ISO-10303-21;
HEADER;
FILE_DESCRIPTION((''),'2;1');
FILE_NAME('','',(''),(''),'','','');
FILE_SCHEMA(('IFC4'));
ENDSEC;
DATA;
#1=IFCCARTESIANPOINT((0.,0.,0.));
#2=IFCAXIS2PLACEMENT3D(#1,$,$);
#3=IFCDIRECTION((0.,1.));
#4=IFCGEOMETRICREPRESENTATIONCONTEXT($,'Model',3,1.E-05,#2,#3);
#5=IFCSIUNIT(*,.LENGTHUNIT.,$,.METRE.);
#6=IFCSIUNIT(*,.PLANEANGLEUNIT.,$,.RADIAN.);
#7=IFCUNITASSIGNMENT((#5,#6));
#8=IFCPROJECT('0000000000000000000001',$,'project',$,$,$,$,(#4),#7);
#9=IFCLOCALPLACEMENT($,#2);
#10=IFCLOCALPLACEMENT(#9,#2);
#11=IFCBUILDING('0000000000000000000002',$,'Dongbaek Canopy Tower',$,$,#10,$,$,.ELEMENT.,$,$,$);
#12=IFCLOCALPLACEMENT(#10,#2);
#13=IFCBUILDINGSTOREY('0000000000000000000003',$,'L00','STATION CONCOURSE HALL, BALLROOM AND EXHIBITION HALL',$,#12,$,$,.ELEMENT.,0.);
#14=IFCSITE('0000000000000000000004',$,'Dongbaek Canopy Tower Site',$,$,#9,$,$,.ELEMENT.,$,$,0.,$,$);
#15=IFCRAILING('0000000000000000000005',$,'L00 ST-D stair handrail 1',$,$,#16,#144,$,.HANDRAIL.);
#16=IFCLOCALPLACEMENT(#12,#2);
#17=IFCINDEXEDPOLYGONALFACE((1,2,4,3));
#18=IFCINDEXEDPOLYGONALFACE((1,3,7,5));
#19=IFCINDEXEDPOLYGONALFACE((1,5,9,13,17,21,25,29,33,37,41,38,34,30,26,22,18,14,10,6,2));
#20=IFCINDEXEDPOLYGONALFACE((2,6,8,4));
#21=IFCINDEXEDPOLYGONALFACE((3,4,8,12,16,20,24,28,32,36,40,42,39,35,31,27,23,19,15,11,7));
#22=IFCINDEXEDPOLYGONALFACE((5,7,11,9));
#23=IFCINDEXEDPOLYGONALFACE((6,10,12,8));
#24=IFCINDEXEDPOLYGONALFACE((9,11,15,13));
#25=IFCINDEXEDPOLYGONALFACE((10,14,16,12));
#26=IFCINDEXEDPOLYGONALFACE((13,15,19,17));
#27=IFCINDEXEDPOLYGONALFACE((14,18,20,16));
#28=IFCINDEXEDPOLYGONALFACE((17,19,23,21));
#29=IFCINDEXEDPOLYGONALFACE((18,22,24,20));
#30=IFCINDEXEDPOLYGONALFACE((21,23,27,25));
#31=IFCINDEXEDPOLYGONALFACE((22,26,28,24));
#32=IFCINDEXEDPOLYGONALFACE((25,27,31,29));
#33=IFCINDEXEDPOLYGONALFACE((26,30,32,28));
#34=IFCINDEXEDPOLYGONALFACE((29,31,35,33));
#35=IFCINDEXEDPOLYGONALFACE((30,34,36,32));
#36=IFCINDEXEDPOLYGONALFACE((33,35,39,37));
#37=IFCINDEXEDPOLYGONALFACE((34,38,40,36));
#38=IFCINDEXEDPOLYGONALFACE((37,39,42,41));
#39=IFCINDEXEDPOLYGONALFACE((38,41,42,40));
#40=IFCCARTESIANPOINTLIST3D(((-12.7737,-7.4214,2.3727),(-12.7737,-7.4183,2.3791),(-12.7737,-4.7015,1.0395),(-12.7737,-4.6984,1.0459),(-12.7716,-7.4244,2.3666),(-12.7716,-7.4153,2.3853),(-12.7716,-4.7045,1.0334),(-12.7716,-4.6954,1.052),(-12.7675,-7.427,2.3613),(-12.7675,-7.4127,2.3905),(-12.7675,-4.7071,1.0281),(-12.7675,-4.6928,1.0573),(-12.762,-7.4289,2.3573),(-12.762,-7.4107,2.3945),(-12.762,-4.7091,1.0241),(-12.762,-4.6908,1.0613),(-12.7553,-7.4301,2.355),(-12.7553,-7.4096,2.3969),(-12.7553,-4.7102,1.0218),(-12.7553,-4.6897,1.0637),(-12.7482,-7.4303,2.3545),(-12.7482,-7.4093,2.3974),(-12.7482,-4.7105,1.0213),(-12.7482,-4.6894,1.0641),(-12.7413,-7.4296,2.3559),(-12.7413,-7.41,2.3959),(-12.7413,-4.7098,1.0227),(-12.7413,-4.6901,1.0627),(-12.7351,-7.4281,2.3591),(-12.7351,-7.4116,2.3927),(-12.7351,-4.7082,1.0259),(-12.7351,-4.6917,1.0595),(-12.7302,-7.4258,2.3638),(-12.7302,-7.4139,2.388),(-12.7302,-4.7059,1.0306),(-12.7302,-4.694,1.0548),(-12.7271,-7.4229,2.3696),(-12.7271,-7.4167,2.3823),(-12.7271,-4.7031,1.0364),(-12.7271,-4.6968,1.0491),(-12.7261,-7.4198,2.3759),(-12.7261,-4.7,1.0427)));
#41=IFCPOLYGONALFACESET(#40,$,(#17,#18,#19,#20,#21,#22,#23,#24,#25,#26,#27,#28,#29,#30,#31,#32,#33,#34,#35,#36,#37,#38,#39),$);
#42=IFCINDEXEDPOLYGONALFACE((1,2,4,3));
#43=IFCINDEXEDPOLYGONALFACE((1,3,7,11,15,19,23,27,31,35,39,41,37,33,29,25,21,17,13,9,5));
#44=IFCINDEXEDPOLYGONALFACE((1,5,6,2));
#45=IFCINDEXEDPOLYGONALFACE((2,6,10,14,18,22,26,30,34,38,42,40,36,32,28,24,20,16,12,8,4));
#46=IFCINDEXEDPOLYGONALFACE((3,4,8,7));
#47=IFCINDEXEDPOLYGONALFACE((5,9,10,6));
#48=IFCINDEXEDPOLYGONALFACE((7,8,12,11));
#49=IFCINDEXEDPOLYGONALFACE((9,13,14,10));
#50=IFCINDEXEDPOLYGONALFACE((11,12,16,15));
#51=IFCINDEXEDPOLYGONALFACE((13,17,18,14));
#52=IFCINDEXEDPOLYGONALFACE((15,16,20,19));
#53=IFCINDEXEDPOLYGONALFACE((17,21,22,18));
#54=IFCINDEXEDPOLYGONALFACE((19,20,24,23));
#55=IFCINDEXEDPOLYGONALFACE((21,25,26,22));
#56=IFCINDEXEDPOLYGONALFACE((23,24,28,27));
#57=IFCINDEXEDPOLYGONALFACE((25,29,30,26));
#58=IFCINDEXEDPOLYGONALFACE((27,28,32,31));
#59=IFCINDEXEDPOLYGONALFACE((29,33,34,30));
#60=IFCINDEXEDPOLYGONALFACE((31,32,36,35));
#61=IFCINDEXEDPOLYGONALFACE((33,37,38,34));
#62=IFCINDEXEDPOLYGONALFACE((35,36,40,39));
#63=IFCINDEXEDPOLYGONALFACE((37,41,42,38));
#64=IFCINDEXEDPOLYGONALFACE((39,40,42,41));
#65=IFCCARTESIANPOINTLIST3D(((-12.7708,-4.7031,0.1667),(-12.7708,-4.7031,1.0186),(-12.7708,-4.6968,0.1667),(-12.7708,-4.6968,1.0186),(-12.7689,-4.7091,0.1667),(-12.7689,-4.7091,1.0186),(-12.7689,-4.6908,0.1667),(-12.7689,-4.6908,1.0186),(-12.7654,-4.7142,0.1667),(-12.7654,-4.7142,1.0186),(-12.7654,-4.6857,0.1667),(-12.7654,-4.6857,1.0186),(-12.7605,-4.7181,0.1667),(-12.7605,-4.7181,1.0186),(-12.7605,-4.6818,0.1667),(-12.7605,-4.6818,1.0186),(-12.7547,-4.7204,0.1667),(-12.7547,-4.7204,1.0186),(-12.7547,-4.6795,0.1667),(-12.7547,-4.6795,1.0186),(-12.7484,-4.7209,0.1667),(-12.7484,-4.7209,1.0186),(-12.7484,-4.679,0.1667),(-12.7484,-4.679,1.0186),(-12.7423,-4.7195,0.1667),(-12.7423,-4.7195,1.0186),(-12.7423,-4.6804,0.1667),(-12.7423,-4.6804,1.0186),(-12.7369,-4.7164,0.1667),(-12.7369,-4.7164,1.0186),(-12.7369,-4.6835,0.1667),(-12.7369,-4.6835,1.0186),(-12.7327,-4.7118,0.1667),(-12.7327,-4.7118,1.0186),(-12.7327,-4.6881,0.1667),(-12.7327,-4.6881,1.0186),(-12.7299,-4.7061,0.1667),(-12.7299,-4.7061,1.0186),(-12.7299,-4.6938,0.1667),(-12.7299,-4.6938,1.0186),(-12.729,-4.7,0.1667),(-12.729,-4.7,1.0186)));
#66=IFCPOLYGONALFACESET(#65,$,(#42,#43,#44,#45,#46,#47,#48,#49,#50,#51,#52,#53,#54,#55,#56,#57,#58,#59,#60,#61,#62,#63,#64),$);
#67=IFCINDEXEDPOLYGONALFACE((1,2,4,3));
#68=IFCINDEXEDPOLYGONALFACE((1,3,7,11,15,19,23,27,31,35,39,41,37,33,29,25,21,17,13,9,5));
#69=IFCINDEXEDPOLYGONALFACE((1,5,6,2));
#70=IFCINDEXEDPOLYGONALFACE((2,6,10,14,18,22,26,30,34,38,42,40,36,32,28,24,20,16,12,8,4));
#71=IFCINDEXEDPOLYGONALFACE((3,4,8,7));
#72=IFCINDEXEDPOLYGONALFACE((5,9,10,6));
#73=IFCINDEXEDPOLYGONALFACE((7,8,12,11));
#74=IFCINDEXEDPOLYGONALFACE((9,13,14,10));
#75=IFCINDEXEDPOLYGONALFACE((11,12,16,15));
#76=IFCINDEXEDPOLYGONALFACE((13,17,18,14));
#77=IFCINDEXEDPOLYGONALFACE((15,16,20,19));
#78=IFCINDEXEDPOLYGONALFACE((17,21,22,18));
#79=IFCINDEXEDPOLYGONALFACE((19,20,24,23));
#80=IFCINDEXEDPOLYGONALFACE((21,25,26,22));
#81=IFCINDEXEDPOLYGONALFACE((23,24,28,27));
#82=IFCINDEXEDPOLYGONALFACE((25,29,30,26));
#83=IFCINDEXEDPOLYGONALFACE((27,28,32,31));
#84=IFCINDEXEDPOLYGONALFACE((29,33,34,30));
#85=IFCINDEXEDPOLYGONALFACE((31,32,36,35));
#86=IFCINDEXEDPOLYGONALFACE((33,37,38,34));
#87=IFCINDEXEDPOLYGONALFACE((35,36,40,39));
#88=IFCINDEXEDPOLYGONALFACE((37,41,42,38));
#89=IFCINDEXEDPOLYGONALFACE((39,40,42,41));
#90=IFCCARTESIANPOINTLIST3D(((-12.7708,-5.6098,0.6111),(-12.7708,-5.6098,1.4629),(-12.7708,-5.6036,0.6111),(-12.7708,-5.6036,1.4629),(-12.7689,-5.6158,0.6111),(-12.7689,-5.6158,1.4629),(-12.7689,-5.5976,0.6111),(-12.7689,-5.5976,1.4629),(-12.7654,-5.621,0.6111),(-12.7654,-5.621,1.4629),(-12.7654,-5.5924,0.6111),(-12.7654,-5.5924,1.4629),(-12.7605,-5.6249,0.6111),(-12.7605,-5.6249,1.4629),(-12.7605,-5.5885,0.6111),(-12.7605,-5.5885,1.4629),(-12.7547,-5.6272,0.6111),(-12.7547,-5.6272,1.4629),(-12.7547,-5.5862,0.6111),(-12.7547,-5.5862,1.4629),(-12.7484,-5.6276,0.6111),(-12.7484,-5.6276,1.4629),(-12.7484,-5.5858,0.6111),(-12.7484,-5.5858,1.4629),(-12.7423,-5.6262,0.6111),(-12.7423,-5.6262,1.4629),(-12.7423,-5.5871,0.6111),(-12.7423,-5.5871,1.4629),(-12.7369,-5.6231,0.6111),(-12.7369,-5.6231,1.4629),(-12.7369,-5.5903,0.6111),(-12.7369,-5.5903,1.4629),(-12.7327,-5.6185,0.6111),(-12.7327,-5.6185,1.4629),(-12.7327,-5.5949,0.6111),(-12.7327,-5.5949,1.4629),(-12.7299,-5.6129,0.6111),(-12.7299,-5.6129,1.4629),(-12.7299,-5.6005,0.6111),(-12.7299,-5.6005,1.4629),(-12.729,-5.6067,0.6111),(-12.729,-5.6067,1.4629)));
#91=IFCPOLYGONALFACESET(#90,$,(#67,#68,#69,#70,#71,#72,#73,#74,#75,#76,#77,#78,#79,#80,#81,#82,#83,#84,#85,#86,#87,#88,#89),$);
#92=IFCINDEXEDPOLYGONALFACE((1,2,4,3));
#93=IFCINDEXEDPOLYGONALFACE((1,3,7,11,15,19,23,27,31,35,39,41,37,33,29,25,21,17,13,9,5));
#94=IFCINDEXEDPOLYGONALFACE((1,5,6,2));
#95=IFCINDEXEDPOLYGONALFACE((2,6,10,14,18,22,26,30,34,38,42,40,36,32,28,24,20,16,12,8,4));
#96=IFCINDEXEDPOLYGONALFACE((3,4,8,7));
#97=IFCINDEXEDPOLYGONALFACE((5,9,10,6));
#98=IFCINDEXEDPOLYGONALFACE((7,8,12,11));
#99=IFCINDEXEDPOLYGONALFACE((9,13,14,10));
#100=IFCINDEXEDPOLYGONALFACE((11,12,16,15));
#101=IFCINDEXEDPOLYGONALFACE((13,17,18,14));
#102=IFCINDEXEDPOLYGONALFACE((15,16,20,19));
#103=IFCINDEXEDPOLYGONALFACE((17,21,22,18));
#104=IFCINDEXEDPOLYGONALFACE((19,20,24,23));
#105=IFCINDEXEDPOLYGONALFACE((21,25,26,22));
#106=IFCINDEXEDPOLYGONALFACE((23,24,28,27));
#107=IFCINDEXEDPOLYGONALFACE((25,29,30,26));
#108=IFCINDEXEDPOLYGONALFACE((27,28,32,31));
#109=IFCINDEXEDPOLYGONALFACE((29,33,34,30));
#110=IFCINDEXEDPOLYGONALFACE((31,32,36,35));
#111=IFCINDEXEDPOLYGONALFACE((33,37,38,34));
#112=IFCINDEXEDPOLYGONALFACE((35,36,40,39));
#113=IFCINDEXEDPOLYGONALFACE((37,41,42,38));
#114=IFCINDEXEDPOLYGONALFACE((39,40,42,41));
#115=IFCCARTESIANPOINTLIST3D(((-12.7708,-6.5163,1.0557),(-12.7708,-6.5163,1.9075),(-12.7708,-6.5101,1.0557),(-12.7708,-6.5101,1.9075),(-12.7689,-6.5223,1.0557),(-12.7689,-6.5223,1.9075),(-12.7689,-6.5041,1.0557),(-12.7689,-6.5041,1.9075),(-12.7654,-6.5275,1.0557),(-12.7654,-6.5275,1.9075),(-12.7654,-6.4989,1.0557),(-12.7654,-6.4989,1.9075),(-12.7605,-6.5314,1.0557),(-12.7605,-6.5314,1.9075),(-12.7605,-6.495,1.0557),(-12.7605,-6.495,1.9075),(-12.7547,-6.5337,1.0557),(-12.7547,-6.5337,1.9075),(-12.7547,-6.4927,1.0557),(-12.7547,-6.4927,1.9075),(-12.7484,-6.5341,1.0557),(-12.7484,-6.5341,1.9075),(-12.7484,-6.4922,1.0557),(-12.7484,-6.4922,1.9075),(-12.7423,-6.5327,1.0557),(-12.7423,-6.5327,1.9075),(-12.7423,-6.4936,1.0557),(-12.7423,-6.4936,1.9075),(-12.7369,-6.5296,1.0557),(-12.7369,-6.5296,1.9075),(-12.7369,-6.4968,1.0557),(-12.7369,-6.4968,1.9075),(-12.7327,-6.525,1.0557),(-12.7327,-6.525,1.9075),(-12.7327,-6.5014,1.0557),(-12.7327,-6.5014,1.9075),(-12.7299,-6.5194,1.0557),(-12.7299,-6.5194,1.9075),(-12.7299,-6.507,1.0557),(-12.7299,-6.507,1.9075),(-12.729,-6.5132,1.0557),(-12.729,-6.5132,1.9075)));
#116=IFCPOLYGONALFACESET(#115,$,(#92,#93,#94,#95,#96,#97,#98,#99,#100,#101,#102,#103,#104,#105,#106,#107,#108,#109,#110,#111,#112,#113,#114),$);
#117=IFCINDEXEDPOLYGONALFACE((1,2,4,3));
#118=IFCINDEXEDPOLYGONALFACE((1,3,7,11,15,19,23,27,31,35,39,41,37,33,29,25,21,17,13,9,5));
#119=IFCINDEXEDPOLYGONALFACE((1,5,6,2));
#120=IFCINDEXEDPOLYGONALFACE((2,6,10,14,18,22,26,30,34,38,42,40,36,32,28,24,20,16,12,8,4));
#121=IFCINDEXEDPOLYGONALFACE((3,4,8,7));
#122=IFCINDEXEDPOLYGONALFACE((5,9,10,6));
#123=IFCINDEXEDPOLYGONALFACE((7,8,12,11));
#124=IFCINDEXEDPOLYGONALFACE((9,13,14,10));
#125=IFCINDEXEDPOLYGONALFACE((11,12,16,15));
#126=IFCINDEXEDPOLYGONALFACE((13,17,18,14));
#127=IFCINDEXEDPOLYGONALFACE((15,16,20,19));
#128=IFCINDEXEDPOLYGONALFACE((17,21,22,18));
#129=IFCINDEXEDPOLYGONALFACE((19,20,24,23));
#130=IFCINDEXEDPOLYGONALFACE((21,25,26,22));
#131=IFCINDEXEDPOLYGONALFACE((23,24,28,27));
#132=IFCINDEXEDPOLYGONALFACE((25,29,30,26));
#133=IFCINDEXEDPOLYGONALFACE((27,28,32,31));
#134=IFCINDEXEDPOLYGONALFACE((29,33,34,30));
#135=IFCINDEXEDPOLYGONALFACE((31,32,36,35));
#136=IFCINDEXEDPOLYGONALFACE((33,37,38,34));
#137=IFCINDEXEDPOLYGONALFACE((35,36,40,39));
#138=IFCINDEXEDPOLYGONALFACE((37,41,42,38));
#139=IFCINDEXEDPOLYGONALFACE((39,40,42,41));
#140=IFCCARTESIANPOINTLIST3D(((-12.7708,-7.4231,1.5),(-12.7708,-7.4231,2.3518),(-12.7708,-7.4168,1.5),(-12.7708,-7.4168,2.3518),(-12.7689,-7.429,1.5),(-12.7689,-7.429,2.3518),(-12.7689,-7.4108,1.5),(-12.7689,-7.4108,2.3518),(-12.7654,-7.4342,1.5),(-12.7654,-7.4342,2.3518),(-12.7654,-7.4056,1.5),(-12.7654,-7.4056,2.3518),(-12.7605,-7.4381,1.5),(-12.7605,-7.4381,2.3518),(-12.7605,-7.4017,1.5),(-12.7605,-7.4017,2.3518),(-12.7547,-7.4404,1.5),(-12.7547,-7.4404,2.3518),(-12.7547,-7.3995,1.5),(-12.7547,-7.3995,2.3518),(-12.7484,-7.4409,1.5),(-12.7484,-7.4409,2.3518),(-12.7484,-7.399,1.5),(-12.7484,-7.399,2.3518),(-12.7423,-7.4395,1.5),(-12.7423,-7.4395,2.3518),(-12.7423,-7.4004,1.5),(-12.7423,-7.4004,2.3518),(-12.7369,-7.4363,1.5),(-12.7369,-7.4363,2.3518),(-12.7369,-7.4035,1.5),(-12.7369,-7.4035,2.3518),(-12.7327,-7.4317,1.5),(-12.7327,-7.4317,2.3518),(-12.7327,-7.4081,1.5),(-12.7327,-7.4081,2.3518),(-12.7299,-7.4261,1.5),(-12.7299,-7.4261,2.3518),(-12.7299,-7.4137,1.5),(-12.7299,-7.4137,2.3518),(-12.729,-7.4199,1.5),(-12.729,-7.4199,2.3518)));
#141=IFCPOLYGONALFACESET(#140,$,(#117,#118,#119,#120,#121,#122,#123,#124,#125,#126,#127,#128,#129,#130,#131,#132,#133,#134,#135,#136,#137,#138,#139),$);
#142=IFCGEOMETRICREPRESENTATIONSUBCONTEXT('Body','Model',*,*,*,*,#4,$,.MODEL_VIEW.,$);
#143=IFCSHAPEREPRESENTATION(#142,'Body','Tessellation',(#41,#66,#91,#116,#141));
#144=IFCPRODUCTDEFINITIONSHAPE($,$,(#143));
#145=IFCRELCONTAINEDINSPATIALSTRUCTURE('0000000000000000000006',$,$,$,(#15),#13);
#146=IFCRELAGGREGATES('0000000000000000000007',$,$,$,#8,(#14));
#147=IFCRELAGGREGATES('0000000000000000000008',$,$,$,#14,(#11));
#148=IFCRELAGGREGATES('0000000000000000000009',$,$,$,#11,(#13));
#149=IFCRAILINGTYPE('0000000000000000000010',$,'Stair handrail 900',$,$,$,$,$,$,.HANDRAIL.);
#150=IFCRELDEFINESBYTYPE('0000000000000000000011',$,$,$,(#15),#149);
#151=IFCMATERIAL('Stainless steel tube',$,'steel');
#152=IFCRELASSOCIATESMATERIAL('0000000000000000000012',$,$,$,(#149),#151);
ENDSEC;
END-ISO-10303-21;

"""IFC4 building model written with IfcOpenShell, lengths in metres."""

from ifc_helpers import new_model, si_unit, direction, frame, origin, origin_2d, place, context, subcontext, project, spatial, circle, extrude, material, type_object, element, save


model = new_model("IFC4")

# Units and contexts
model_context = context("Model", 3, precision=1e-05, world=origin(), true_north=direction((0.0, 1.0)))
body_context = subcontext(model_context, "Body", "Model", "MODEL_VIEW")
ifc_project = project(units=[si_unit("LENGTHUNIT", "METRE"), si_unit("PLANEANGLEUNIT", "RADIAN")], contexts=[model_context])

# Site, building, storey
site_placement = place(None, origin())
site = spatial("IfcSite", under=ifc_project, at=site_placement, Name="Dongbaek Canopy Tower Site", CompositionType="ELEMENT", RefElevation=0.0)
building_placement = place(site_placement, origin())
building = spatial("IfcBuilding", under=site, at=building_placement, Name="Dongbaek Canopy Tower", CompositionType="ELEMENT")
storey_placement = place(building_placement, origin())
storey = spatial("IfcBuildingStorey", under=building, at=storey_placement, Name="L00", Description="STATION CONCOURSE HALL, BALLROOM AND EXHIBITION HALL", CompositionType="ELEMENT", Elevation=0.0)

# Railing
ifc_material_1 = material(Name="Stainless steel tube", Category="steel")
railing_type = type_object("IfcRailingType", Name="Stair handrail 900", PredefinedType="HANDRAIL", material=ifc_material_1)
railing_placement = place(storey_placement, frame((-12.75, -4.7, 0.1667)))
element("IfcRailing", 1, at=railing_placement, inside=storey, type_object=railing_type, Name="L00 ST-D stair handrail 1", PredefinedType="HANDRAIL", context=body_context, shape_type="SweptSolid", body=[
    extrude(circle(Radius=0.0239, at=origin_2d()), frame((0.0, 0.0, 0.876), z_axis=(0.0, -0.897929, 0.440139), x_axis=(1.0, 0.0, 0.0)), (0.0, 0.0, 1.0), 3.0291),
    extrude(circle(Radius=0.021, at=origin_2d()), origin(), (0.0, 0.0, 1.0), 0.8518),
    extrude(circle(Radius=0.021, at=origin_2d()), frame((0.0, -0.9067, 0.4443)), (0.0, 0.0, 1.0), 0.8518),
    extrude(circle(Radius=0.021, at=origin_2d()), frame((0.0, -1.8132, 0.8889)), (0.0, 0.0, 1.0), 0.8518),
    extrude(circle(Radius=0.021, at=origin_2d()), frame((0.0, -2.72, 1.3333)), (0.0, 0.0, 1.0), 0.8518),
])

save(model, "model.ifc")
